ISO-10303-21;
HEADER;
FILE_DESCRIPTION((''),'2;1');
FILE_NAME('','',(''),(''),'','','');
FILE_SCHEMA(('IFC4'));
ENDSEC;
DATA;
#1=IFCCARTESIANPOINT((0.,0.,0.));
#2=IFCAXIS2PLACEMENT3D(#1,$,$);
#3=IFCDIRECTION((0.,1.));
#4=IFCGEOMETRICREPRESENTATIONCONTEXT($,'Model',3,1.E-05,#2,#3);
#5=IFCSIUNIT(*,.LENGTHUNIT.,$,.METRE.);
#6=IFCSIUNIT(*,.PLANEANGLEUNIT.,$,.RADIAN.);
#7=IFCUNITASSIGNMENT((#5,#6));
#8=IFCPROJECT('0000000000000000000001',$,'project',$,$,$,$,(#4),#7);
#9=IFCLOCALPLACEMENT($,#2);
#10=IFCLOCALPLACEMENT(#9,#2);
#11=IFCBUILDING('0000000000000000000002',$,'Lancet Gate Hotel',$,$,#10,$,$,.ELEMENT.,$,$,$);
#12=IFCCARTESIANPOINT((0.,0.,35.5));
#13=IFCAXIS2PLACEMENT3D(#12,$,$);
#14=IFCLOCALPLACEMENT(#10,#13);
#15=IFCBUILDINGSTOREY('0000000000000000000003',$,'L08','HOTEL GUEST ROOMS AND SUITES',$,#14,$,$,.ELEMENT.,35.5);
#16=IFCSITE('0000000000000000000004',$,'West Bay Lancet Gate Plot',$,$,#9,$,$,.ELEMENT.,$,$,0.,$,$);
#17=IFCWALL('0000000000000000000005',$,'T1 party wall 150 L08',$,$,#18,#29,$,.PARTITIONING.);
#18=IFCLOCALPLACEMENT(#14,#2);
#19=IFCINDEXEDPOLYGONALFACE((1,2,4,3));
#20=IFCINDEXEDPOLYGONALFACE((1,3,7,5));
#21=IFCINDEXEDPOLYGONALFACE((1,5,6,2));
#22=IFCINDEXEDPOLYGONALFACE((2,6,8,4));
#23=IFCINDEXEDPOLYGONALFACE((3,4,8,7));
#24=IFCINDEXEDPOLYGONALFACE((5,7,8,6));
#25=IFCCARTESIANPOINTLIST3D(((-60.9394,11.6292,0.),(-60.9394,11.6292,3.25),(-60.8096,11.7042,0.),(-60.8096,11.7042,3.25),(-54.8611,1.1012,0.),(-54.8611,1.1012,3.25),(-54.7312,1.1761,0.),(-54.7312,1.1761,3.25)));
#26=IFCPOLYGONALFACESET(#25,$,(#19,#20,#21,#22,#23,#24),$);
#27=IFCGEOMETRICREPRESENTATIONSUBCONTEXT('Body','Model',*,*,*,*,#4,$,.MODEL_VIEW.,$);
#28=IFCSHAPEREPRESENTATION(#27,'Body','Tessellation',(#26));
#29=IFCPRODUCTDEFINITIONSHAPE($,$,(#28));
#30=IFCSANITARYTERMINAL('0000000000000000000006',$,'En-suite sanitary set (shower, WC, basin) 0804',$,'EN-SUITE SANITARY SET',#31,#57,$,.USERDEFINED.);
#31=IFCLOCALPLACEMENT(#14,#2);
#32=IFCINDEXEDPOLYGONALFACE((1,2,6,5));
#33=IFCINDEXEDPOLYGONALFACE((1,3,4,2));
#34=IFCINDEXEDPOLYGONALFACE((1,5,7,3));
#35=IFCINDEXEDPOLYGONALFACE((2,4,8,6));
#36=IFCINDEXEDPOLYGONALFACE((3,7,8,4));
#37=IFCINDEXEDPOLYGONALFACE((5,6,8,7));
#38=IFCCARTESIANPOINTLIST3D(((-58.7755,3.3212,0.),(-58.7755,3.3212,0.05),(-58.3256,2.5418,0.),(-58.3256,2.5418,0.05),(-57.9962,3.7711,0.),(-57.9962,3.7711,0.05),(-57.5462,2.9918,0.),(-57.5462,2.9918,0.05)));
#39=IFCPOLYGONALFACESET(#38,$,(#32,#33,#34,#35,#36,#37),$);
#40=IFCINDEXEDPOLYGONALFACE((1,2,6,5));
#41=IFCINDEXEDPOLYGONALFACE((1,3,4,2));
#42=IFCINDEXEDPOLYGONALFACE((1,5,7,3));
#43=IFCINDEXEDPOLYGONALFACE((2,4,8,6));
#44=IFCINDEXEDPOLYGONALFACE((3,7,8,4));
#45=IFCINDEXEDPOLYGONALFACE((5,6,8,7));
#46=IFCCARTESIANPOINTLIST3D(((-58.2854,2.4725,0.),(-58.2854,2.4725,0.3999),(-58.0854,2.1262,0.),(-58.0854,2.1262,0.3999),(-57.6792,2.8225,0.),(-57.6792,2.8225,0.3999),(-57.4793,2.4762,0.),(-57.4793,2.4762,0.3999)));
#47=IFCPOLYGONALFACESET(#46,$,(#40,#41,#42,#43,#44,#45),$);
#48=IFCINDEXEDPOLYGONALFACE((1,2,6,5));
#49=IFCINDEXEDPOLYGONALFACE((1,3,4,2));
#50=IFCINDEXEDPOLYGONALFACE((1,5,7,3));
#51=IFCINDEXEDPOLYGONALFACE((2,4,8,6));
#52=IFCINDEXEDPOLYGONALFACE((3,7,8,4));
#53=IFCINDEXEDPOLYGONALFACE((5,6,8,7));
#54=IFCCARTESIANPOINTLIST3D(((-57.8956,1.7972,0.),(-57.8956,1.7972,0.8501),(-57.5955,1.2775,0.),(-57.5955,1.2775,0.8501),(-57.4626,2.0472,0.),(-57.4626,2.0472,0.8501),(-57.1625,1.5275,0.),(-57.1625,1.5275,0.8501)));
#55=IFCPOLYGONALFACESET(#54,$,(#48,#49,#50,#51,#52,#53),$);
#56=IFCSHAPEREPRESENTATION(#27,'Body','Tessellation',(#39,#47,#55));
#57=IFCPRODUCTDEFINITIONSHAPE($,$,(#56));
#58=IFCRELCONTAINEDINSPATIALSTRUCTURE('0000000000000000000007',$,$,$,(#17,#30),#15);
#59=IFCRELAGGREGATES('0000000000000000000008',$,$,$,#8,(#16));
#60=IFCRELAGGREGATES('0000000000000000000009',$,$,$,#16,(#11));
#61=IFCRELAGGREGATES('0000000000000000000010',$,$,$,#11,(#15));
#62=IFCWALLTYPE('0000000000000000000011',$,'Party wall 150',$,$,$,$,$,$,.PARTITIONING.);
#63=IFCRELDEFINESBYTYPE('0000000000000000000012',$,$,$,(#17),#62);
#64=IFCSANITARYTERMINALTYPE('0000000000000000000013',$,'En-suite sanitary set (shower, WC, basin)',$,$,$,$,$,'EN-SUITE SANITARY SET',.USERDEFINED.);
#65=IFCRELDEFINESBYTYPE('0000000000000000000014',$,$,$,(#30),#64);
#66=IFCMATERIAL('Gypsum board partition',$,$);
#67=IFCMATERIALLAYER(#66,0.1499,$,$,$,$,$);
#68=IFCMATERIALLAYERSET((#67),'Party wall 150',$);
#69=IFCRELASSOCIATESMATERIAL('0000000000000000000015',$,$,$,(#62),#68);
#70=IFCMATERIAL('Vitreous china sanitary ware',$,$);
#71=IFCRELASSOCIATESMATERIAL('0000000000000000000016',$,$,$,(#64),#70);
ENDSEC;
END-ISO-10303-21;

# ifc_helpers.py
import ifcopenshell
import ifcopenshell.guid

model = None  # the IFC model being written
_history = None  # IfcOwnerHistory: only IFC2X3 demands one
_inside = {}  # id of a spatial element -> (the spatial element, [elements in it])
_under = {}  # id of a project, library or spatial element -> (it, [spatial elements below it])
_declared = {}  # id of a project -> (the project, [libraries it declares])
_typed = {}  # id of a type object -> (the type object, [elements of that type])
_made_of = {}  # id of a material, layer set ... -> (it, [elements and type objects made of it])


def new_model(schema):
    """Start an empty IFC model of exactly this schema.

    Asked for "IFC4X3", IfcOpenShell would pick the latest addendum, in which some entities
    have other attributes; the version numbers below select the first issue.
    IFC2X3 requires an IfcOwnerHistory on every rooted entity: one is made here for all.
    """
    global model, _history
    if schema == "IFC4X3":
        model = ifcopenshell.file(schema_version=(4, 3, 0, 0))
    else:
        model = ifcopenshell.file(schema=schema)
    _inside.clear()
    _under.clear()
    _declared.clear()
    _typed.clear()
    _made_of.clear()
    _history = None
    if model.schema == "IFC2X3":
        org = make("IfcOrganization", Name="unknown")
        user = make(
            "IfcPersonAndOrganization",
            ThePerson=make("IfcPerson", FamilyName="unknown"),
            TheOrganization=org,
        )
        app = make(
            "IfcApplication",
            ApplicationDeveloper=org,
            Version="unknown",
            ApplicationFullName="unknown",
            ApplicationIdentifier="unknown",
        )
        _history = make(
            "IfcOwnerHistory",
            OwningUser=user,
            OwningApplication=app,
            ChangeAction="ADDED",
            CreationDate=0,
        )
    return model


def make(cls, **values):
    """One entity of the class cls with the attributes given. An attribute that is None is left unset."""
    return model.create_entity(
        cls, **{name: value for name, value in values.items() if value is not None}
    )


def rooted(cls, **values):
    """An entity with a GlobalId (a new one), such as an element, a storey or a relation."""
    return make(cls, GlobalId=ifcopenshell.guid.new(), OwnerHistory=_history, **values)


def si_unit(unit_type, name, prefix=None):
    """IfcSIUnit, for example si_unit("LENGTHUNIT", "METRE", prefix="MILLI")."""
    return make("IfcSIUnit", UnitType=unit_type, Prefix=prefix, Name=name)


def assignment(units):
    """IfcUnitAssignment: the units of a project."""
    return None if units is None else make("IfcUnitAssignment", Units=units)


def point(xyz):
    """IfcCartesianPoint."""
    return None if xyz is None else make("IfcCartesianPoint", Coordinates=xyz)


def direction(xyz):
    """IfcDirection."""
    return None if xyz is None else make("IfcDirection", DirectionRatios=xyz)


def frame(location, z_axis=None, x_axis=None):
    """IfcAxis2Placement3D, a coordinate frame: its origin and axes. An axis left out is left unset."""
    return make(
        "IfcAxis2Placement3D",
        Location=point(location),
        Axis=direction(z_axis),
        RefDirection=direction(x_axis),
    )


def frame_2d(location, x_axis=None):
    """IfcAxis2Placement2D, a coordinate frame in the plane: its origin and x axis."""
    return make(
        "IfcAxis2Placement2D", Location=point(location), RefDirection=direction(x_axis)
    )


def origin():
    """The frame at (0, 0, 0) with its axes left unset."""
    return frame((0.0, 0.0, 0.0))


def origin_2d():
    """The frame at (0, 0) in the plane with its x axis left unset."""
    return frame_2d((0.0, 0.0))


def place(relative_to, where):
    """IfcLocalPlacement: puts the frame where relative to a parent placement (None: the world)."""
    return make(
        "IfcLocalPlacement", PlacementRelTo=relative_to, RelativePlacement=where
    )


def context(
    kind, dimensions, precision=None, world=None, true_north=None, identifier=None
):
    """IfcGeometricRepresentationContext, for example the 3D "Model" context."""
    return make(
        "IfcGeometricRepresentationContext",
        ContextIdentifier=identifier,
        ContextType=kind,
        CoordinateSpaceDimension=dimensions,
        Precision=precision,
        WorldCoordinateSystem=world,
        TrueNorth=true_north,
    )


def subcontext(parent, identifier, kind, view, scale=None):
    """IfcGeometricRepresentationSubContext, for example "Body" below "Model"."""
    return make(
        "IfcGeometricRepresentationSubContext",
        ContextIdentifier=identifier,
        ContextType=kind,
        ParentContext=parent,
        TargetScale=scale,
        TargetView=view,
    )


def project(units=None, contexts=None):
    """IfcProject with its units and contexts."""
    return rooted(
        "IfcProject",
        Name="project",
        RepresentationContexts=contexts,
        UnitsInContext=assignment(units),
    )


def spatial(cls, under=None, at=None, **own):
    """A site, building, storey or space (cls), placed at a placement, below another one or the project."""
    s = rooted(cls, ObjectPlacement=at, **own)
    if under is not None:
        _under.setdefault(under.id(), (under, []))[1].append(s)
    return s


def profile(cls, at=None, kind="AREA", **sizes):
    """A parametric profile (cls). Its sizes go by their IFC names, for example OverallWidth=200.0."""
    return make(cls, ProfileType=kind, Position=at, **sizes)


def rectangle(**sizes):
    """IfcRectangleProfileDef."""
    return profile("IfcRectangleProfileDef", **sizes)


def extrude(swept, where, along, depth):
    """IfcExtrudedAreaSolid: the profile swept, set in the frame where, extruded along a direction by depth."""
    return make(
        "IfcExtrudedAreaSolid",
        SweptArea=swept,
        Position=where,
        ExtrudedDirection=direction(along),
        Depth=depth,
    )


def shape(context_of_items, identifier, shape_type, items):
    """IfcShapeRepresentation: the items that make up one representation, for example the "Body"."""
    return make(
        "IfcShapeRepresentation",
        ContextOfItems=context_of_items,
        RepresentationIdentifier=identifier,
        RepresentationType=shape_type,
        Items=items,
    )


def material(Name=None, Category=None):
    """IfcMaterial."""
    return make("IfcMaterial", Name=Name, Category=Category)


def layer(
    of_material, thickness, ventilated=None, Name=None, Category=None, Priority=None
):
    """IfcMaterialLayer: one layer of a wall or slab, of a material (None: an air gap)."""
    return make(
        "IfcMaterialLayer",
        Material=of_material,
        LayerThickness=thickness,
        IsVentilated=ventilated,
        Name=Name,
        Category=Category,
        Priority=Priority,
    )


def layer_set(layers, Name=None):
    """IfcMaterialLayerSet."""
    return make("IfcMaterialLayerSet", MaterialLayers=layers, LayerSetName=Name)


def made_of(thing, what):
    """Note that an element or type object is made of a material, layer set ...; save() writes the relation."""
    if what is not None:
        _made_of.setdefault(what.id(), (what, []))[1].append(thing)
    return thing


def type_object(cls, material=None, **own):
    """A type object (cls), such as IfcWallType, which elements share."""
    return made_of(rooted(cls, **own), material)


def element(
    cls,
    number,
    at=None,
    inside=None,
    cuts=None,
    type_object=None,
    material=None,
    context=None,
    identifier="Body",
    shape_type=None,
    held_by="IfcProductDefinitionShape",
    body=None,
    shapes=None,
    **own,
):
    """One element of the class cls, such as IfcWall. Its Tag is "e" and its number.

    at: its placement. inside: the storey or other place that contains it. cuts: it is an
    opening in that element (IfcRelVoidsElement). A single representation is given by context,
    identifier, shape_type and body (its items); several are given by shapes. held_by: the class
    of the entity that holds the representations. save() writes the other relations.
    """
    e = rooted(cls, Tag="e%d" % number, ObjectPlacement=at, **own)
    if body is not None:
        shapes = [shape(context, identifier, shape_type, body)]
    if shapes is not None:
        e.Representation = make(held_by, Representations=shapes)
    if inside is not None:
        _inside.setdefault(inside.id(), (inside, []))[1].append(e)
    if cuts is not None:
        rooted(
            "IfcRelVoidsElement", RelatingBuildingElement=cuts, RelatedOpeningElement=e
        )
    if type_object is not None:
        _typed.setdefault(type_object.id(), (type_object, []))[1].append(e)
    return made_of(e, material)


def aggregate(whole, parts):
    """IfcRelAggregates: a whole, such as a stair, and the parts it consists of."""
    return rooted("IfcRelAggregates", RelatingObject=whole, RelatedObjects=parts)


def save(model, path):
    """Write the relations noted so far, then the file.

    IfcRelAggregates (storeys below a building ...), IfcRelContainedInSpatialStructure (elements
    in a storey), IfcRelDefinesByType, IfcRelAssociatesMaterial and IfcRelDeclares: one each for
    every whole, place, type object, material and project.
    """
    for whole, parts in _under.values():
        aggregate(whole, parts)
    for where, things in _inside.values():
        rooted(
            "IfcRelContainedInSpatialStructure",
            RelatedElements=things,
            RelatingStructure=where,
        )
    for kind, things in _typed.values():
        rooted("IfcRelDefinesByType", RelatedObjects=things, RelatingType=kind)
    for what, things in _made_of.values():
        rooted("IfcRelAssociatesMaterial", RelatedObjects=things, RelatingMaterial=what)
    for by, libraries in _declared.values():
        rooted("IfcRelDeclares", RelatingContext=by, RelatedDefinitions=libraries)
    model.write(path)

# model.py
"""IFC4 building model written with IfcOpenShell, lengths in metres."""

from ifc_helpers import new_model, si_unit, direction, frame, frame_2d, origin, origin_2d, place, context, subcontext, project, spatial, rectangle, extrude, material, layer, layer_set, type_object, element, save


model = new_model("IFC4")

# Units and contexts
model_context = context("Model", 3, precision=1e-05, world=origin(), true_north=direction((0.0, 1.0)))
body_context = subcontext(model_context, "Body", "Model", "MODEL_VIEW")
ifc_project = project(units=[si_unit("LENGTHUNIT", "METRE"), si_unit("PLANEANGLEUNIT", "RADIAN")], contexts=[model_context])

# Site, building, storey
site_placement = place(None, origin())
site = spatial("IfcSite", under=ifc_project, at=site_placement, Name="West Bay Lancet Gate Plot", CompositionType="ELEMENT", RefElevation=0.0)
building_placement = place(site_placement, origin())
building = spatial("IfcBuilding", under=site, at=building_placement, Name="Lancet Gate Hotel", CompositionType="ELEMENT")
storey_placement = place(building_placement, frame((0.0, 0.0, 35.5)))
storey = spatial("IfcBuildingStorey", under=building, at=storey_placement, Name="L08", Description="HOTEL GUEST ROOMS AND SUITES", CompositionType="ELEMENT", Elevation=35.5)

# Wall
ifc_material_1 = material(Name="Gypsum board partition")
ifc_layer_1 = layer(ifc_material_1, 0.1499)
ifc_layer_set_1 = layer_set([ifc_layer_1], Name="Party wall 150")
wall_type_1 = type_object("IfcWallType", Name="Party wall 150", PredefinedType="PARTITIONING", material=ifc_layer_set_1)
wall_1_placement = place(storey_placement, frame((-54.7961, 1.1387, 0.0), z_axis=(0.0, 0.0, 1.0), x_axis=(-0.499999, 0.866026, 0.0)))
element("IfcWall", 1, at=wall_1_placement, inside=storey, type_object=wall_type_1, Name="T1 party wall 150 L08", PredefinedType="PARTITIONING", context=body_context, shape_type="SweptSolid", body=[
    extrude(rectangle(XDim=12.1567, YDim=0.1499, at=frame_2d((6.0784, 0.0))), origin(), (0.0, 0.0, 1.0), 3.25),
])

# Sanitary terminal
ifc_material_2 = material(Name="Vitreous china sanitary ware")
sanitary_terminal_type = type_object("IfcSanitaryTerminalType", Name="En-suite sanitary set (shower, WC, basin)", ElementType="EN-SUITE SANITARY SET", PredefinedType="USERDEFINED", material=ifc_material_2)
sanitary_terminal_placement = place(storey_placement, frame((-58.1609, 3.1565, 0.0), z_axis=(0.0, 0.0, 1.0), x_axis=(1.0, 0.0, 0.0)))
element("IfcSanitaryTerminal", 2, at=sanitary_terminal_placement, inside=storey, type_object=sanitary_terminal_type, Name="En-suite sanitary set (shower, WC, basin) 0804", ObjectType="EN-SUITE SANITARY SET", PredefinedType="USERDEFINED", context=body_context, shape_type="SweptSolid", body=[
    extrude(rectangle(XDim=0.8999, YDim=0.8999, at=origin_2d()), frame((0.0, 0.0, 0.0), z_axis=(0.0, 0.0, 1.0), x_axis=(-0.5, 0.866025, 0.0)), (0.0, 0.0, 1.0), 0.05),
    extrude(rectangle(XDim=0.3999, YDim=0.7, at=origin_2d()), frame((0.2786, -0.6821, 0.0), z_axis=(0.0, 0.0, 1.0), x_axis=(-0.5, 0.866025, 0.0)), (0.0, 0.0, 1.0), 0.3999),
    extrude(rectangle(XDim=0.6001, YDim=0.5, at=origin_2d()), frame((0.6318, -1.4941, 0.0), z_axis=(0.0, 0.0, 1.0), x_axis=(-0.5, 0.866025, 0.0)), (0.0, 0.0, 1.0), 0.8501),
])

save(model, "model.ifc")
